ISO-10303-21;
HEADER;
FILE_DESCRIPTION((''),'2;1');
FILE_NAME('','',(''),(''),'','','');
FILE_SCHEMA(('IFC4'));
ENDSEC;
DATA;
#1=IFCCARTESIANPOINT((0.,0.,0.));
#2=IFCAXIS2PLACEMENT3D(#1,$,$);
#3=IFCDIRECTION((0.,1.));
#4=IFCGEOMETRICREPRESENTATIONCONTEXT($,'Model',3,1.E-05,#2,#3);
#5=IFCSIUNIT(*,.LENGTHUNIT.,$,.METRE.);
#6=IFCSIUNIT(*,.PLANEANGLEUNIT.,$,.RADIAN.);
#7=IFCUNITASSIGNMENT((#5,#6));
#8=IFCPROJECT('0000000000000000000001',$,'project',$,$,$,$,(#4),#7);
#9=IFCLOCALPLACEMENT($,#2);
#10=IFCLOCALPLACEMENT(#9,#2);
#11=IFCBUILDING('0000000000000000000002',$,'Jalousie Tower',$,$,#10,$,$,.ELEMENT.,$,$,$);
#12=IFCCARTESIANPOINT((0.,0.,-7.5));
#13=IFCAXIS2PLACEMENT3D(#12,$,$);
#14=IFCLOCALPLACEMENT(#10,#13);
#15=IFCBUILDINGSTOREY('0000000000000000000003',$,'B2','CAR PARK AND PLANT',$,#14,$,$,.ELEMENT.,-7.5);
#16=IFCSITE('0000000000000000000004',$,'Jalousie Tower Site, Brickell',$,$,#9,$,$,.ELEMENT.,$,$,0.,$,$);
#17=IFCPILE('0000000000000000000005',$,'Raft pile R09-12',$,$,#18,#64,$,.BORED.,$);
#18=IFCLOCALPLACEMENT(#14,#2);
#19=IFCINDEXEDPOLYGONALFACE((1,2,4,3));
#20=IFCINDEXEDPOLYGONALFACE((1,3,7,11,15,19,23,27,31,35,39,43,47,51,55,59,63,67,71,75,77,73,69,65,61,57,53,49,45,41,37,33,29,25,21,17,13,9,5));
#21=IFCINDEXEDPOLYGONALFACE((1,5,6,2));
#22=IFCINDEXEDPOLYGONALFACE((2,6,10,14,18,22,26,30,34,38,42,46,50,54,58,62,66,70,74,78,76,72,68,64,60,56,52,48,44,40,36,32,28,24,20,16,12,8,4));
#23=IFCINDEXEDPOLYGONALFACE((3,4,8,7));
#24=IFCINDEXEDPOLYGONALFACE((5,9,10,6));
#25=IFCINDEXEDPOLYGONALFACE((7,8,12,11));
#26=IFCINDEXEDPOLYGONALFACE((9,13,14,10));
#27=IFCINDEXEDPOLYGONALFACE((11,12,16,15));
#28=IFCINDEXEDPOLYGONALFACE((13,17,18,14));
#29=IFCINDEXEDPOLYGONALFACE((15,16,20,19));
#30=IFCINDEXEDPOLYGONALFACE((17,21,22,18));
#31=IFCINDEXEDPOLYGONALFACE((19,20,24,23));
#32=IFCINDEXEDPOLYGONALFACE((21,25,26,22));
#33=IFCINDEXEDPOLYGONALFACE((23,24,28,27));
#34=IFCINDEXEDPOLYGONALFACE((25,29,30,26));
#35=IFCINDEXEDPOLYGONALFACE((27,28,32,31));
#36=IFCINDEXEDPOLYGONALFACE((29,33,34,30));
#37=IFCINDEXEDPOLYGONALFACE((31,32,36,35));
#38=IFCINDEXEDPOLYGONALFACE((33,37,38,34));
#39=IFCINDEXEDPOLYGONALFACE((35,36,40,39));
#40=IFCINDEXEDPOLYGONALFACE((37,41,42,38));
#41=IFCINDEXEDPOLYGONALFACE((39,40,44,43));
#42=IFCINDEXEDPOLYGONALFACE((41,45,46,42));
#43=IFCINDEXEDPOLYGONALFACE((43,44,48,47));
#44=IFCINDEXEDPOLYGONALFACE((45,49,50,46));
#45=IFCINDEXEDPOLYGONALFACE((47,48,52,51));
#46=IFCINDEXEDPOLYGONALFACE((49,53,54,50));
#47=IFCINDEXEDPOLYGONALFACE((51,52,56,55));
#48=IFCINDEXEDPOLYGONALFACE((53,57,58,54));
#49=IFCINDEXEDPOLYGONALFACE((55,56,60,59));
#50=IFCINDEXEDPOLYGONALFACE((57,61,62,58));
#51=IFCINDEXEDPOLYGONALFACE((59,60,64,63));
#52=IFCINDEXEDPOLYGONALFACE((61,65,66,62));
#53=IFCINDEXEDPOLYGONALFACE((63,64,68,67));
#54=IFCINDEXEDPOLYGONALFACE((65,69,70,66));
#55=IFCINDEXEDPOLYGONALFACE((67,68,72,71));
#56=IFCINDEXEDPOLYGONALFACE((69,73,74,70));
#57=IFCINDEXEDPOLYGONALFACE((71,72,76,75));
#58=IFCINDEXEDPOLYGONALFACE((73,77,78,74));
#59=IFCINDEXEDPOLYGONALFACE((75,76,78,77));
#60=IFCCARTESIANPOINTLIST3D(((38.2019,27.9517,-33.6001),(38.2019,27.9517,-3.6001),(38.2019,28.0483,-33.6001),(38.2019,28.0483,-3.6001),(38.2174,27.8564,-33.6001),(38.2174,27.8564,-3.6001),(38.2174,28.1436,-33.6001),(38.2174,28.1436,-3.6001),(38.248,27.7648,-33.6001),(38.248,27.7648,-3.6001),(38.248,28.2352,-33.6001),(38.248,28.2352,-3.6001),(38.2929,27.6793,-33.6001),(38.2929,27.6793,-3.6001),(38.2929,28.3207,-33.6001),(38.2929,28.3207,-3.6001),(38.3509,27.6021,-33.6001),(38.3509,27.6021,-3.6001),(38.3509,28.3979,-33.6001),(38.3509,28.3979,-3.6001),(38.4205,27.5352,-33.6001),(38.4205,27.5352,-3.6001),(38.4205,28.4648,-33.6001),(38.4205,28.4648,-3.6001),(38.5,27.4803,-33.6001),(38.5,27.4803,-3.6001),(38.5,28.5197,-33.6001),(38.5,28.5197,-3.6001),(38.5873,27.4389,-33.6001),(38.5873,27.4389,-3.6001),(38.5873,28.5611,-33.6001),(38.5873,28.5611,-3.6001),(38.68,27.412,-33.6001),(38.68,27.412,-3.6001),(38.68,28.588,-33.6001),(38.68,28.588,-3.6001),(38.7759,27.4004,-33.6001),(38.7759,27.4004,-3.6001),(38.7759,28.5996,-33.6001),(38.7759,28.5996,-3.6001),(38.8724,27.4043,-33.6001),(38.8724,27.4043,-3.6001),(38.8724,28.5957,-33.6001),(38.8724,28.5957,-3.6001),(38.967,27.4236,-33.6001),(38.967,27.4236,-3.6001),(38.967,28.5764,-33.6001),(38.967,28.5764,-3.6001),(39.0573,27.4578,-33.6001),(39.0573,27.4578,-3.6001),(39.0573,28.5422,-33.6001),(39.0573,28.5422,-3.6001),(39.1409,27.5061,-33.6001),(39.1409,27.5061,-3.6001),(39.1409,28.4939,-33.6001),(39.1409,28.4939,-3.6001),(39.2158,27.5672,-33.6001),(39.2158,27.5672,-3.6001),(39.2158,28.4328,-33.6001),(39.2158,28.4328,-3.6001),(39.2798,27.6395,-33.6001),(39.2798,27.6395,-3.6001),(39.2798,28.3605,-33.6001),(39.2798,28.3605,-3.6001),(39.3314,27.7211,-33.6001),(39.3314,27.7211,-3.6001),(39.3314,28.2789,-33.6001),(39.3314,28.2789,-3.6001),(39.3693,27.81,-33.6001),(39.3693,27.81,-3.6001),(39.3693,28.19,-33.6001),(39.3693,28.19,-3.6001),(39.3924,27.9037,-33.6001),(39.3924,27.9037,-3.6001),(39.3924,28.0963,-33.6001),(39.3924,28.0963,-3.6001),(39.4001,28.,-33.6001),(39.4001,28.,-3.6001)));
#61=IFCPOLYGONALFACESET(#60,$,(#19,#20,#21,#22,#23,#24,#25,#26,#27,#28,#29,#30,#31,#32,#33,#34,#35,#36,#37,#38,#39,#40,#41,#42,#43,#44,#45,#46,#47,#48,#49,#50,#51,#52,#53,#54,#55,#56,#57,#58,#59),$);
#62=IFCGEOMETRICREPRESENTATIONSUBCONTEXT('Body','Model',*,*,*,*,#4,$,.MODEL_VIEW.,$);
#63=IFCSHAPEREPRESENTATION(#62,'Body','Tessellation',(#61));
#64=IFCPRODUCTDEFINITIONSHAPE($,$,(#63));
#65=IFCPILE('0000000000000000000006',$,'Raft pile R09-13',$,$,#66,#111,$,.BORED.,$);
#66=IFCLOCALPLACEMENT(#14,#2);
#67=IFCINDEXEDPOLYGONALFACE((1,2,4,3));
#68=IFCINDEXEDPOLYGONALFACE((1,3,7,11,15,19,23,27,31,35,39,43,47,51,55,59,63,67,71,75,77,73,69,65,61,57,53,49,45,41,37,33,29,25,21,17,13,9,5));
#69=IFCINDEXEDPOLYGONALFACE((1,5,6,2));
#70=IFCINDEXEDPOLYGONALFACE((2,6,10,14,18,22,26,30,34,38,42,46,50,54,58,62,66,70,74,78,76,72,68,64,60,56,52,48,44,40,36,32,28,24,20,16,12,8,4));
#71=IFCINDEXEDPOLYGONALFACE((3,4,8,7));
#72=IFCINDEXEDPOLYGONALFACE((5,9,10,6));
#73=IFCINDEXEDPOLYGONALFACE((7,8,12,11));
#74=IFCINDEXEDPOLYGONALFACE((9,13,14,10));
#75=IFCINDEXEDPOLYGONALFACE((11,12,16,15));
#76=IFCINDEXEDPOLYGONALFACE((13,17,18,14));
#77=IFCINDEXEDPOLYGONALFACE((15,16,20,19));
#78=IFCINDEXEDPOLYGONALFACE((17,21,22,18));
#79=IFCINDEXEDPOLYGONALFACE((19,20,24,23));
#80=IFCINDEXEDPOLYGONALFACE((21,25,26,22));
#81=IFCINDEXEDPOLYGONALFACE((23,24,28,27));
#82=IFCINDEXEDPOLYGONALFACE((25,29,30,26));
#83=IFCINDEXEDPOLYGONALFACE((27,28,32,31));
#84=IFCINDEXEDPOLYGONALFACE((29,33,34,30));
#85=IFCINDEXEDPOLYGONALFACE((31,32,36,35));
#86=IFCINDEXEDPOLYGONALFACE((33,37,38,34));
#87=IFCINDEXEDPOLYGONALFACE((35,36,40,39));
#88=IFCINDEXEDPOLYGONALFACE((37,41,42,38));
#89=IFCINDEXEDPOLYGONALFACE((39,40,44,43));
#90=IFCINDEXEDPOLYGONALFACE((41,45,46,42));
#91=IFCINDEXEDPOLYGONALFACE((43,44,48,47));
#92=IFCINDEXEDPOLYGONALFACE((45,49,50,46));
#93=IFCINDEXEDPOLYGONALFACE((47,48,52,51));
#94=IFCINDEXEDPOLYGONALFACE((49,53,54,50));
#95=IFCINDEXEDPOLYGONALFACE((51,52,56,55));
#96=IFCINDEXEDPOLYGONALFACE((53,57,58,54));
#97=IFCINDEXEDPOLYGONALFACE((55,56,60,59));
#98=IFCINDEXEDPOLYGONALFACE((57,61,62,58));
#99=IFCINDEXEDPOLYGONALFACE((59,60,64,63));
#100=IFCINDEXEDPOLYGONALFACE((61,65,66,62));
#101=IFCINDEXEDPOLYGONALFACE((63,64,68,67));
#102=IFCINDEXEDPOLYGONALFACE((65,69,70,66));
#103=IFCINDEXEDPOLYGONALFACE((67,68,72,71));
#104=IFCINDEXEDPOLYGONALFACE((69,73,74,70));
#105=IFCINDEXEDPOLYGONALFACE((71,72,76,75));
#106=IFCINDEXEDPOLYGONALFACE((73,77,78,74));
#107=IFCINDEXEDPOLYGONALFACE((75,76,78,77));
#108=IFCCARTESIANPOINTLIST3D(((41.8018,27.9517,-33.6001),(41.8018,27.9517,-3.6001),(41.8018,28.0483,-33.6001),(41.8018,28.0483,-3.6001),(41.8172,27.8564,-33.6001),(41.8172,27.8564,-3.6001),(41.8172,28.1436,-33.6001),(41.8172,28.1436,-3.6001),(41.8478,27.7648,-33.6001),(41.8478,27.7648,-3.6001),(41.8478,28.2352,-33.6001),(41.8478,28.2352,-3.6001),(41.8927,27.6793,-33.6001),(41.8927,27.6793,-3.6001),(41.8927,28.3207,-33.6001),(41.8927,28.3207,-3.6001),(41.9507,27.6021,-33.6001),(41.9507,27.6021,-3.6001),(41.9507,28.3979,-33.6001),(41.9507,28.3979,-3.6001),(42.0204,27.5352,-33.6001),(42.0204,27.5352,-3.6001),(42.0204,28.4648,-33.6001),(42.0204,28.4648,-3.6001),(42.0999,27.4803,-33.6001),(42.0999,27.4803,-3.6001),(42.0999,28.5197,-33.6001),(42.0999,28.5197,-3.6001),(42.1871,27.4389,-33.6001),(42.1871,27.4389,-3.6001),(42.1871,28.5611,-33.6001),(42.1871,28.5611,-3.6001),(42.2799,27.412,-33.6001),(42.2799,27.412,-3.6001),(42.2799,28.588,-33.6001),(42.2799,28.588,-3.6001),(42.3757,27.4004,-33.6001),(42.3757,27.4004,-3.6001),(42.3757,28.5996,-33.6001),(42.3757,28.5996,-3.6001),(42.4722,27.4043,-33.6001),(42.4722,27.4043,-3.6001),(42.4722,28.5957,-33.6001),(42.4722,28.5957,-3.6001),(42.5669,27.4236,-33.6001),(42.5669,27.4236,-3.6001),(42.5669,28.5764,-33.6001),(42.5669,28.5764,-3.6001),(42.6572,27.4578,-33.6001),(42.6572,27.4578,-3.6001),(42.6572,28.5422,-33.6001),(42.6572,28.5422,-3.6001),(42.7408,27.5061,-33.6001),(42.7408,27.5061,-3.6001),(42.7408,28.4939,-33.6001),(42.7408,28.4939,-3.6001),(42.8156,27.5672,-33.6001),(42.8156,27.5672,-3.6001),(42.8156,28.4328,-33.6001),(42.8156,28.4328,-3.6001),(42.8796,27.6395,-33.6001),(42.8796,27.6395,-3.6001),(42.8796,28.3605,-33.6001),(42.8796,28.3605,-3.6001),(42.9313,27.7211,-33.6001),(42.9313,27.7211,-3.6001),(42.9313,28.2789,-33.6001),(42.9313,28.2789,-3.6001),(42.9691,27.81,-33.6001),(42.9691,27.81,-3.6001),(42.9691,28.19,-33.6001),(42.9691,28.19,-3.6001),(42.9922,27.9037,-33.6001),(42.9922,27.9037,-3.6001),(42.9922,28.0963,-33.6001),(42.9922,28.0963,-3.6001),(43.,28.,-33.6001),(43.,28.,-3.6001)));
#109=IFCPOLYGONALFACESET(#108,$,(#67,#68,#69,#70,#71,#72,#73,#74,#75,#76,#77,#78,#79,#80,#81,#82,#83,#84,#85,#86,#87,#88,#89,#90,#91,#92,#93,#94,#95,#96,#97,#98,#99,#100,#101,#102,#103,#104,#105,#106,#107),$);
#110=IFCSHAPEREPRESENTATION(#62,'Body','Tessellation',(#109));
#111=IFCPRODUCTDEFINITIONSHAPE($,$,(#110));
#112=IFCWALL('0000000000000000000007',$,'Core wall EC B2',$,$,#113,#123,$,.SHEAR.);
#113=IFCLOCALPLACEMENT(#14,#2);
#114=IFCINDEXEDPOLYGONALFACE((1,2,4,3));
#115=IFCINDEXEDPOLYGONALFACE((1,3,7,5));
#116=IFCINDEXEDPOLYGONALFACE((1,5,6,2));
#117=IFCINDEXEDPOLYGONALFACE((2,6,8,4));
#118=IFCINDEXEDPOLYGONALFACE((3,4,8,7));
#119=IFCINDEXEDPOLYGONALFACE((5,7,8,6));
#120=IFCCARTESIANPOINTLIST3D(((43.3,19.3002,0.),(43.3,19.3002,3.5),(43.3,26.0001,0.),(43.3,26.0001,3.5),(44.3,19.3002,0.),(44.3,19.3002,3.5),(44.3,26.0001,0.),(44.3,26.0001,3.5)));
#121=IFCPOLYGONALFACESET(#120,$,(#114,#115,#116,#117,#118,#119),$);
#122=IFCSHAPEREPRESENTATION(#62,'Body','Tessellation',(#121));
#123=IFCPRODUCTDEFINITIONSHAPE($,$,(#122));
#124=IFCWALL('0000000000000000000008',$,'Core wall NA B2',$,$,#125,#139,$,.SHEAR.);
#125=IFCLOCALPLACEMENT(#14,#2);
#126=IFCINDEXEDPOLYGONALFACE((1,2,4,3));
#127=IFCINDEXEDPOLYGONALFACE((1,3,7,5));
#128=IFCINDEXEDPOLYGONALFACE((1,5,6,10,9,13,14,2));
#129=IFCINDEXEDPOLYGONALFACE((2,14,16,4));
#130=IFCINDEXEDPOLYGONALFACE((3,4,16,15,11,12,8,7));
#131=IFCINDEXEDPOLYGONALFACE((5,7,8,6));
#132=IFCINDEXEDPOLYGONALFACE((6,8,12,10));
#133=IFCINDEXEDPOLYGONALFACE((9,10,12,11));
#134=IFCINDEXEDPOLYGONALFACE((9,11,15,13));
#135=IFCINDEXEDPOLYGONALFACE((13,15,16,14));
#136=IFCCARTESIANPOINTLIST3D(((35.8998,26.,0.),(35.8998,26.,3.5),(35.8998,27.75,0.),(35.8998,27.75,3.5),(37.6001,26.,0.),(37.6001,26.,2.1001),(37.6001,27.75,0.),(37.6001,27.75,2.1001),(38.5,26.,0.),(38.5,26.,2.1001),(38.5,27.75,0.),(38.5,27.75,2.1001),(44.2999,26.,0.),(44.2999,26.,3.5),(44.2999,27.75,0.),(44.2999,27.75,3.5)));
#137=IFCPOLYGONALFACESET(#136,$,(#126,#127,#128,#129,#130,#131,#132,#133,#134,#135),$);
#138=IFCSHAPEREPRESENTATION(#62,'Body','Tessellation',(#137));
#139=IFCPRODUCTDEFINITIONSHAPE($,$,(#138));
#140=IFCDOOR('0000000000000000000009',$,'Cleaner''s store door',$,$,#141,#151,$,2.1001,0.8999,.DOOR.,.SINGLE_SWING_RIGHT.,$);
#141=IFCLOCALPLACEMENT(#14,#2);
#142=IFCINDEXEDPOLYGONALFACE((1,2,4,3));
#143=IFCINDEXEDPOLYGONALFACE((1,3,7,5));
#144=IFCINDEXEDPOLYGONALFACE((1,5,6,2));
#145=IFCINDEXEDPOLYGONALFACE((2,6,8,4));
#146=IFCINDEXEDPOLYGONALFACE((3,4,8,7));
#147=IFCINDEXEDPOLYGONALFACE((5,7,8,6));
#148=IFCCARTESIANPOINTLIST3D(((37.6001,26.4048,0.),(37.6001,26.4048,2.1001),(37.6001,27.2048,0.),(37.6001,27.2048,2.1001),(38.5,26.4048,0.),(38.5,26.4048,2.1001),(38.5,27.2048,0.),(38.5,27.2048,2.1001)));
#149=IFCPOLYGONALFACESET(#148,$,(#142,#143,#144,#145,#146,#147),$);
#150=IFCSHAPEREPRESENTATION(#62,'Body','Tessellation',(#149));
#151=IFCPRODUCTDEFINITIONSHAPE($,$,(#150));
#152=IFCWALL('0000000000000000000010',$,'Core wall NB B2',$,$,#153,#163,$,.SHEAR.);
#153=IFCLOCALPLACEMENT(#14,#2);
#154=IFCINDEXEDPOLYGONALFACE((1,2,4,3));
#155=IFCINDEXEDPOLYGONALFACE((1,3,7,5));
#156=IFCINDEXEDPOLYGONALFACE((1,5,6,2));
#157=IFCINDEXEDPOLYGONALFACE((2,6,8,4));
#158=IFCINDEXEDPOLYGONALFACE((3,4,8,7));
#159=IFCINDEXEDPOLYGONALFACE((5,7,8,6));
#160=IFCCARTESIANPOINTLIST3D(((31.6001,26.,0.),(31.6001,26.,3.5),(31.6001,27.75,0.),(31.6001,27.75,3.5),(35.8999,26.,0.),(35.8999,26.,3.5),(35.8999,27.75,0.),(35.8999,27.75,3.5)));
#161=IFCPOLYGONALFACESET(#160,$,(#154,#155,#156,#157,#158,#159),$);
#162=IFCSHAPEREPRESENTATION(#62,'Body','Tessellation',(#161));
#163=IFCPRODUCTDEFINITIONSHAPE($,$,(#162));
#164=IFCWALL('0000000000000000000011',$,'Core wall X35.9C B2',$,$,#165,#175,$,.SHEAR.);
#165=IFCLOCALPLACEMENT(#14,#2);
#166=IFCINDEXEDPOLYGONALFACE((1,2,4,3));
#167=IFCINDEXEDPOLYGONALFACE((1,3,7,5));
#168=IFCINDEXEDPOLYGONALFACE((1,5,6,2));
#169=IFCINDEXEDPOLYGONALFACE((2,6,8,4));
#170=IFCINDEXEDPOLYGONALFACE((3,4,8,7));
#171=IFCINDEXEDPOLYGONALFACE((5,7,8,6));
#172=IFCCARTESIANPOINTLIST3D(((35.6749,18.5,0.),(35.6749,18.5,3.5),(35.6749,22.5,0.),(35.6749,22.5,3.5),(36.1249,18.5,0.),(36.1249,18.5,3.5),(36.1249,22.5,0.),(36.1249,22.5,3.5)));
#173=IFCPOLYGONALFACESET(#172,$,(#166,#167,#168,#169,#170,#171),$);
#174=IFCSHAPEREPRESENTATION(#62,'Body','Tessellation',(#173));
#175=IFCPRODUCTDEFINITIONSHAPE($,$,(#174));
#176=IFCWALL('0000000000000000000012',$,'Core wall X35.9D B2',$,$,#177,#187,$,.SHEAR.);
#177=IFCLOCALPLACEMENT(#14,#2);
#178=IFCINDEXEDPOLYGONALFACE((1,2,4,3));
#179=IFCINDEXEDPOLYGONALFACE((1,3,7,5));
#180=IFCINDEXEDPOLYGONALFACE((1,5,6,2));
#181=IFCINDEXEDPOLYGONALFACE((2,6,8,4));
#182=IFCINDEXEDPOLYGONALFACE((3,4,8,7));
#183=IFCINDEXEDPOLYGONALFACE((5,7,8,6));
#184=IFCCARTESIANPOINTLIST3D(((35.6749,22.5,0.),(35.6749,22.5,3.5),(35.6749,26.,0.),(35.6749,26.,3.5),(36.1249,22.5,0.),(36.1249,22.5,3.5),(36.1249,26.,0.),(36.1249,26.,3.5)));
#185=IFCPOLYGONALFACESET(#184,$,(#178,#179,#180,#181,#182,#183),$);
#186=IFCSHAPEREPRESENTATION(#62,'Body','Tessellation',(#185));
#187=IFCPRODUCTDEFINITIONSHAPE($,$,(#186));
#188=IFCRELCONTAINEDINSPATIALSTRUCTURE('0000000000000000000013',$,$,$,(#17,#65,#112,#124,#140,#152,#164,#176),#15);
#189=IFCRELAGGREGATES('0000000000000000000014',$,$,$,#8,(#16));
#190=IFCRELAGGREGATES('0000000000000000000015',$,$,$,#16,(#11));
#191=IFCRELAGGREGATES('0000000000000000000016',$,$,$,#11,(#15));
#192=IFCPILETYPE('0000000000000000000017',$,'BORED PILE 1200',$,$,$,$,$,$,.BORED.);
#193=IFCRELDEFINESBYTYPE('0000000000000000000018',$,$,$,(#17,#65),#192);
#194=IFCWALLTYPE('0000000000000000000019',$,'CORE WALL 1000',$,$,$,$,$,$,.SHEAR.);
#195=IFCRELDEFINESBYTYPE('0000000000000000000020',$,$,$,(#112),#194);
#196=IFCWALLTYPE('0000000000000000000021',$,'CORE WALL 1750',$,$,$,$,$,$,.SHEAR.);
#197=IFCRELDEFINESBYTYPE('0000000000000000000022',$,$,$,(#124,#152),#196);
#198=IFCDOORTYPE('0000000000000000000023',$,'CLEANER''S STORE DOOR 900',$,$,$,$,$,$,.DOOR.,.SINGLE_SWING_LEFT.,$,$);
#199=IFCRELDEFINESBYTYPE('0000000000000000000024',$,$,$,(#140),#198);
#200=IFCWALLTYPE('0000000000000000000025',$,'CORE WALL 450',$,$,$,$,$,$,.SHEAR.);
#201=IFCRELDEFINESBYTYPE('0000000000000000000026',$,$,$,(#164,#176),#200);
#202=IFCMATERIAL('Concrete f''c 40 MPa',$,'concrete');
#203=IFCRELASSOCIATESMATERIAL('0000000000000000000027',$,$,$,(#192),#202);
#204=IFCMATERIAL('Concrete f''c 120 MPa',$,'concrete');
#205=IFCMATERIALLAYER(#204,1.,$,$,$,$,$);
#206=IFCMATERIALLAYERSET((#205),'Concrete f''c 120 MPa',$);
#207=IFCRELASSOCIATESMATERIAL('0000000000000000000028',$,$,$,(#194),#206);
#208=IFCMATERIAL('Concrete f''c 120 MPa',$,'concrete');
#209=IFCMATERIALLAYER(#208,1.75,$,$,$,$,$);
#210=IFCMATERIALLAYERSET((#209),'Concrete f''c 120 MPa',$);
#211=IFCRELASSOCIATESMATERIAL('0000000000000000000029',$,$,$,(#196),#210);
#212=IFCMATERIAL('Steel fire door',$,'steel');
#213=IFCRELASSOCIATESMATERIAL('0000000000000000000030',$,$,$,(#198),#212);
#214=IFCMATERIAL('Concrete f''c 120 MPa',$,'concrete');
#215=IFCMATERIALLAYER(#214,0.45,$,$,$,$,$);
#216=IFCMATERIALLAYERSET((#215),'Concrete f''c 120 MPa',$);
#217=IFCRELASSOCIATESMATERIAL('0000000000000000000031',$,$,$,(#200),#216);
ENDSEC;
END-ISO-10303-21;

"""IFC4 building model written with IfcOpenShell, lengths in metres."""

from ifc_helpers import new_model, si_unit, direction, frame, frame_2d, origin, origin_2d, place, context, subcontext, project, spatial, rectangle, circle, extrude, material, layer, layer_set, material_profile, profile_set, type_object, element, fill, save


model = new_model("IFC4")

# Units and contexts
model_context = context("Model", 3, precision=1e-05, world=origin(), true_north=direction((0.0, 1.0)))
body_context = subcontext(model_context, "Body", "Model", "MODEL_VIEW")
ifc_project = project(units=[si_unit("LENGTHUNIT", "METRE"), si_unit("PLANEANGLEUNIT", "RADIAN")], contexts=[model_context])

# Site, building, storey
site_placement = place(None, origin())
site = spatial("IfcSite", under=ifc_project, at=site_placement, Name="Jalousie Tower Site, Brickell", CompositionType="ELEMENT", RefElevation=0.0)
building_placement = place(site_placement, origin())
building = spatial("IfcBuilding", under=site, at=building_placement, Name="Jalousie Tower", CompositionType="ELEMENT")
storey_placement = place(building_placement, frame((0.0, 0.0, -7.5)))
storey = spatial("IfcBuildingStorey", under=building, at=storey_placement, Name="B2", Description="CAR PARK AND PLANT", CompositionType="ELEMENT", Elevation=-7.5)

# Piles
ifc_material_1 = material(Name="Concrete f'c 40 MPa", Category="concrete")
ifc_material_profile = material_profile(ifc_material_1, circle(Radius=0.6001, at=origin_2d()), Name="BORED PILE D1200")
ifc_profile_set = profile_set([ifc_material_profile], Name="Concrete f'c 40 MPa")
pile_type = type_object("IfcPileType", Name="BORED PILE 1200", PredefinedType="BORED", material=ifc_profile_set)
for number, where, z_axis, x_axis, name in (
    (1, (38.8, 28.0, -3.6001), (0.0, 0.0, -1.0), (1.0, 0.0, 0.0), "Raft pile R09-12"),
    (2, (42.3999, 28.0, -3.6001), (0.0, 0.0, -1.0), (1.0, 0.0, 0.0), "Raft pile R09-13"),
):
    element("IfcPile", number, at=place(storey_placement, frame(where, z_axis=z_axis, x_axis=x_axis)), inside=storey, type_object=pile_type, Name=name, PredefinedType="BORED", context=body_context, shape_type="SweptSolid", body=[
        extrude(circle(Radius=0.6001, at=origin_2d()), origin(), (0.0, 0.0, 1.0), 30.0),
    ])

# Wall
ifc_material_2 = material(Name="Concrete f'c 120 MPa", Category="concrete")
ifc_layer_1 = layer(ifc_material_2, 1.0)
ifc_layer_set_1 = layer_set([ifc_layer_1], Name="Concrete f'c 120 MPa")
wall_type_1 = type_object("IfcWallType", Name="CORE WALL 1000", PredefinedType="SHEAR", material=ifc_layer_set_1)
wall_1_placement = place(storey_placement, frame((43.8, 19.3, 0.0), z_axis=(0.0, 0.0, 1.0), x_axis=(0.0, 1.0, 0.0)))
element("IfcWall", 3, at=wall_1_placement, inside=storey, type_object=wall_type_1, Name="Core wall EC B2", PredefinedType="SHEAR", context=body_context, shape_type="SweptSolid", body=[
    extrude(rectangle(XDim=6.7, YDim=1.0, at=frame_2d((3.3501, 0.0))), origin(), (0.0, 0.0, 1.0), 3.5),
])

# Wall, opening, door
ifc_material_3 = material(Name="Concrete f'c 120 MPa", Category="concrete")
ifc_layer_2 = layer(ifc_material_3, 1.75)
ifc_layer_set_2 = layer_set([ifc_layer_2], Name="Concrete f'c 120 MPa")
wall_type_2 = type_object("IfcWallType", Name="CORE WALL 1750", PredefinedType="SHEAR", material=ifc_layer_set_2)
wall_2_placement = place(storey_placement, frame((44.3, 26.875, 0.0), z_axis=(0.0, 0.0, 1.0), x_axis=(-1.0, 0.0, 0.0)))
wall_2 = element("IfcWall", 4, at=wall_2_placement, inside=storey, type_object=wall_type_2, Name="Core wall NA B2", PredefinedType="SHEAR", context=body_context, shape_type="SweptSolid", body=[
    extrude(rectangle(XDim=8.4001, YDim=1.75, at=frame_2d((4.2002, 0.0))), origin(), (0.0, 0.0, 1.0), 3.5),
])
opening_1_placement = place(wall_2_placement, frame((5.8, 0.0, 0.0)))
opening_1 = element("IfcOpeningElement", 5, at=opening_1_placement, cuts=wall_2, PredefinedType="OPENING", context=body_context, shape_type="SweptSolid", body=[
    extrude(rectangle(XDim=0.8999, YDim=2.1001, at=frame_2d((0.45, 1.05))), frame((0.0, 0.885, 0.0), z_axis=(0.0, -1.0, 0.0), x_axis=(1.0, 0.0, 0.0)), (0.0, 0.0, 1.0), 1.77),
])
ifc_material_4 = material(Name="Steel fire door", Category="steel")
door_type_1 = type_object("IfcDoorType", Name="CLEANER'S STORE DOOR 900", OperationType="SINGLE_SWING_LEFT", PredefinedType="DOOR", material=ifc_material_4)
door_1_placement = place(opening_1_placement, origin())
door_1 = element("IfcDoor", 6, at=door_1_placement, inside=storey, type_object=door_type_1, Name="Cleaner's store door", OperationType="SINGLE_SWING_RIGHT", OverallHeight=2.1001, OverallWidth=0.8999, PredefinedType="DOOR", context=body_context, shape_type="SweptSolid", body=[
    extrude(rectangle(XDim=0.8999, YDim=2.1001, at=frame_2d((0.45, 1.05))), frame((0.0, 0.4702, 0.0), z_axis=(0.0, -1.0, 0.0), x_axis=(1.0, 0.0, 0.0)), (0.0, 0.0, 1.0), 0.8),
])
fill(opening_1, door_1)

# Walls
wall_3_placement = place(storey_placement, frame((35.8999, 26.875, 0.0), z_axis=(0.0, 0.0, 1.0), x_axis=(-1.0, 0.0, 0.0)))
element("IfcWall", 7, at=wall_3_placement, inside=storey, type_object=wall_type_2, Name="Core wall NB B2", PredefinedType="SHEAR", context=body_context, shape_type="SweptSolid", body=[
    extrude(rectangle(XDim=4.2998, YDim=1.75, at=frame_2d((2.1499, 0.0))), origin(), (0.0, 0.0, 1.0), 3.5),
])
ifc_material_5 = material(Name="Concrete f'c 120 MPa", Category="concrete")
ifc_layer_3 = layer(ifc_material_5, 0.45)
ifc_layer_set_3 = layer_set([ifc_layer_3], Name="Concrete f'c 120 MPa")
wall_type_3 = type_object("IfcWallType", Name="CORE WALL 450", PredefinedType="SHEAR", material=ifc_layer_set_3)
wall_4_placement = place(storey_placement, frame((35.8999, 18.5, 0.0), z_axis=(0.0, 0.0, 1.0), x_axis=(0.0, 1.0, 0.0)))
element("IfcWall", 8, at=wall_4_placement, inside=storey, type_object=wall_type_3, Name="Core wall X35.9C B2", PredefinedType="SHEAR", context=body_context, shape_type="SweptSolid", body=[
    extrude(rectangle(XDim=4.0, YDim=0.45, at=frame_2d((2.0, 0.0))), origin(), (0.0, 0.0, 1.0), 3.5),
])
wall_5_placement = place(storey_placement, frame((35.8999, 22.5, 0.0), z_axis=(0.0, 0.0, 1.0), x_axis=(0.0, 1.0, 0.0)))
element("IfcWall", 9, at=wall_5_placement, inside=storey, type_object=wall_type_3, Name="Core wall X35.9D B2", PredefinedType="SHEAR", context=body_context, shape_type="SweptSolid", body=[
    extrude(rectangle(XDim=3.5, YDim=0.45, at=frame_2d((1.75, 0.0))), origin(), (0.0, 0.0, 1.0), 3.5),
])

save(model, "model.ifc")
